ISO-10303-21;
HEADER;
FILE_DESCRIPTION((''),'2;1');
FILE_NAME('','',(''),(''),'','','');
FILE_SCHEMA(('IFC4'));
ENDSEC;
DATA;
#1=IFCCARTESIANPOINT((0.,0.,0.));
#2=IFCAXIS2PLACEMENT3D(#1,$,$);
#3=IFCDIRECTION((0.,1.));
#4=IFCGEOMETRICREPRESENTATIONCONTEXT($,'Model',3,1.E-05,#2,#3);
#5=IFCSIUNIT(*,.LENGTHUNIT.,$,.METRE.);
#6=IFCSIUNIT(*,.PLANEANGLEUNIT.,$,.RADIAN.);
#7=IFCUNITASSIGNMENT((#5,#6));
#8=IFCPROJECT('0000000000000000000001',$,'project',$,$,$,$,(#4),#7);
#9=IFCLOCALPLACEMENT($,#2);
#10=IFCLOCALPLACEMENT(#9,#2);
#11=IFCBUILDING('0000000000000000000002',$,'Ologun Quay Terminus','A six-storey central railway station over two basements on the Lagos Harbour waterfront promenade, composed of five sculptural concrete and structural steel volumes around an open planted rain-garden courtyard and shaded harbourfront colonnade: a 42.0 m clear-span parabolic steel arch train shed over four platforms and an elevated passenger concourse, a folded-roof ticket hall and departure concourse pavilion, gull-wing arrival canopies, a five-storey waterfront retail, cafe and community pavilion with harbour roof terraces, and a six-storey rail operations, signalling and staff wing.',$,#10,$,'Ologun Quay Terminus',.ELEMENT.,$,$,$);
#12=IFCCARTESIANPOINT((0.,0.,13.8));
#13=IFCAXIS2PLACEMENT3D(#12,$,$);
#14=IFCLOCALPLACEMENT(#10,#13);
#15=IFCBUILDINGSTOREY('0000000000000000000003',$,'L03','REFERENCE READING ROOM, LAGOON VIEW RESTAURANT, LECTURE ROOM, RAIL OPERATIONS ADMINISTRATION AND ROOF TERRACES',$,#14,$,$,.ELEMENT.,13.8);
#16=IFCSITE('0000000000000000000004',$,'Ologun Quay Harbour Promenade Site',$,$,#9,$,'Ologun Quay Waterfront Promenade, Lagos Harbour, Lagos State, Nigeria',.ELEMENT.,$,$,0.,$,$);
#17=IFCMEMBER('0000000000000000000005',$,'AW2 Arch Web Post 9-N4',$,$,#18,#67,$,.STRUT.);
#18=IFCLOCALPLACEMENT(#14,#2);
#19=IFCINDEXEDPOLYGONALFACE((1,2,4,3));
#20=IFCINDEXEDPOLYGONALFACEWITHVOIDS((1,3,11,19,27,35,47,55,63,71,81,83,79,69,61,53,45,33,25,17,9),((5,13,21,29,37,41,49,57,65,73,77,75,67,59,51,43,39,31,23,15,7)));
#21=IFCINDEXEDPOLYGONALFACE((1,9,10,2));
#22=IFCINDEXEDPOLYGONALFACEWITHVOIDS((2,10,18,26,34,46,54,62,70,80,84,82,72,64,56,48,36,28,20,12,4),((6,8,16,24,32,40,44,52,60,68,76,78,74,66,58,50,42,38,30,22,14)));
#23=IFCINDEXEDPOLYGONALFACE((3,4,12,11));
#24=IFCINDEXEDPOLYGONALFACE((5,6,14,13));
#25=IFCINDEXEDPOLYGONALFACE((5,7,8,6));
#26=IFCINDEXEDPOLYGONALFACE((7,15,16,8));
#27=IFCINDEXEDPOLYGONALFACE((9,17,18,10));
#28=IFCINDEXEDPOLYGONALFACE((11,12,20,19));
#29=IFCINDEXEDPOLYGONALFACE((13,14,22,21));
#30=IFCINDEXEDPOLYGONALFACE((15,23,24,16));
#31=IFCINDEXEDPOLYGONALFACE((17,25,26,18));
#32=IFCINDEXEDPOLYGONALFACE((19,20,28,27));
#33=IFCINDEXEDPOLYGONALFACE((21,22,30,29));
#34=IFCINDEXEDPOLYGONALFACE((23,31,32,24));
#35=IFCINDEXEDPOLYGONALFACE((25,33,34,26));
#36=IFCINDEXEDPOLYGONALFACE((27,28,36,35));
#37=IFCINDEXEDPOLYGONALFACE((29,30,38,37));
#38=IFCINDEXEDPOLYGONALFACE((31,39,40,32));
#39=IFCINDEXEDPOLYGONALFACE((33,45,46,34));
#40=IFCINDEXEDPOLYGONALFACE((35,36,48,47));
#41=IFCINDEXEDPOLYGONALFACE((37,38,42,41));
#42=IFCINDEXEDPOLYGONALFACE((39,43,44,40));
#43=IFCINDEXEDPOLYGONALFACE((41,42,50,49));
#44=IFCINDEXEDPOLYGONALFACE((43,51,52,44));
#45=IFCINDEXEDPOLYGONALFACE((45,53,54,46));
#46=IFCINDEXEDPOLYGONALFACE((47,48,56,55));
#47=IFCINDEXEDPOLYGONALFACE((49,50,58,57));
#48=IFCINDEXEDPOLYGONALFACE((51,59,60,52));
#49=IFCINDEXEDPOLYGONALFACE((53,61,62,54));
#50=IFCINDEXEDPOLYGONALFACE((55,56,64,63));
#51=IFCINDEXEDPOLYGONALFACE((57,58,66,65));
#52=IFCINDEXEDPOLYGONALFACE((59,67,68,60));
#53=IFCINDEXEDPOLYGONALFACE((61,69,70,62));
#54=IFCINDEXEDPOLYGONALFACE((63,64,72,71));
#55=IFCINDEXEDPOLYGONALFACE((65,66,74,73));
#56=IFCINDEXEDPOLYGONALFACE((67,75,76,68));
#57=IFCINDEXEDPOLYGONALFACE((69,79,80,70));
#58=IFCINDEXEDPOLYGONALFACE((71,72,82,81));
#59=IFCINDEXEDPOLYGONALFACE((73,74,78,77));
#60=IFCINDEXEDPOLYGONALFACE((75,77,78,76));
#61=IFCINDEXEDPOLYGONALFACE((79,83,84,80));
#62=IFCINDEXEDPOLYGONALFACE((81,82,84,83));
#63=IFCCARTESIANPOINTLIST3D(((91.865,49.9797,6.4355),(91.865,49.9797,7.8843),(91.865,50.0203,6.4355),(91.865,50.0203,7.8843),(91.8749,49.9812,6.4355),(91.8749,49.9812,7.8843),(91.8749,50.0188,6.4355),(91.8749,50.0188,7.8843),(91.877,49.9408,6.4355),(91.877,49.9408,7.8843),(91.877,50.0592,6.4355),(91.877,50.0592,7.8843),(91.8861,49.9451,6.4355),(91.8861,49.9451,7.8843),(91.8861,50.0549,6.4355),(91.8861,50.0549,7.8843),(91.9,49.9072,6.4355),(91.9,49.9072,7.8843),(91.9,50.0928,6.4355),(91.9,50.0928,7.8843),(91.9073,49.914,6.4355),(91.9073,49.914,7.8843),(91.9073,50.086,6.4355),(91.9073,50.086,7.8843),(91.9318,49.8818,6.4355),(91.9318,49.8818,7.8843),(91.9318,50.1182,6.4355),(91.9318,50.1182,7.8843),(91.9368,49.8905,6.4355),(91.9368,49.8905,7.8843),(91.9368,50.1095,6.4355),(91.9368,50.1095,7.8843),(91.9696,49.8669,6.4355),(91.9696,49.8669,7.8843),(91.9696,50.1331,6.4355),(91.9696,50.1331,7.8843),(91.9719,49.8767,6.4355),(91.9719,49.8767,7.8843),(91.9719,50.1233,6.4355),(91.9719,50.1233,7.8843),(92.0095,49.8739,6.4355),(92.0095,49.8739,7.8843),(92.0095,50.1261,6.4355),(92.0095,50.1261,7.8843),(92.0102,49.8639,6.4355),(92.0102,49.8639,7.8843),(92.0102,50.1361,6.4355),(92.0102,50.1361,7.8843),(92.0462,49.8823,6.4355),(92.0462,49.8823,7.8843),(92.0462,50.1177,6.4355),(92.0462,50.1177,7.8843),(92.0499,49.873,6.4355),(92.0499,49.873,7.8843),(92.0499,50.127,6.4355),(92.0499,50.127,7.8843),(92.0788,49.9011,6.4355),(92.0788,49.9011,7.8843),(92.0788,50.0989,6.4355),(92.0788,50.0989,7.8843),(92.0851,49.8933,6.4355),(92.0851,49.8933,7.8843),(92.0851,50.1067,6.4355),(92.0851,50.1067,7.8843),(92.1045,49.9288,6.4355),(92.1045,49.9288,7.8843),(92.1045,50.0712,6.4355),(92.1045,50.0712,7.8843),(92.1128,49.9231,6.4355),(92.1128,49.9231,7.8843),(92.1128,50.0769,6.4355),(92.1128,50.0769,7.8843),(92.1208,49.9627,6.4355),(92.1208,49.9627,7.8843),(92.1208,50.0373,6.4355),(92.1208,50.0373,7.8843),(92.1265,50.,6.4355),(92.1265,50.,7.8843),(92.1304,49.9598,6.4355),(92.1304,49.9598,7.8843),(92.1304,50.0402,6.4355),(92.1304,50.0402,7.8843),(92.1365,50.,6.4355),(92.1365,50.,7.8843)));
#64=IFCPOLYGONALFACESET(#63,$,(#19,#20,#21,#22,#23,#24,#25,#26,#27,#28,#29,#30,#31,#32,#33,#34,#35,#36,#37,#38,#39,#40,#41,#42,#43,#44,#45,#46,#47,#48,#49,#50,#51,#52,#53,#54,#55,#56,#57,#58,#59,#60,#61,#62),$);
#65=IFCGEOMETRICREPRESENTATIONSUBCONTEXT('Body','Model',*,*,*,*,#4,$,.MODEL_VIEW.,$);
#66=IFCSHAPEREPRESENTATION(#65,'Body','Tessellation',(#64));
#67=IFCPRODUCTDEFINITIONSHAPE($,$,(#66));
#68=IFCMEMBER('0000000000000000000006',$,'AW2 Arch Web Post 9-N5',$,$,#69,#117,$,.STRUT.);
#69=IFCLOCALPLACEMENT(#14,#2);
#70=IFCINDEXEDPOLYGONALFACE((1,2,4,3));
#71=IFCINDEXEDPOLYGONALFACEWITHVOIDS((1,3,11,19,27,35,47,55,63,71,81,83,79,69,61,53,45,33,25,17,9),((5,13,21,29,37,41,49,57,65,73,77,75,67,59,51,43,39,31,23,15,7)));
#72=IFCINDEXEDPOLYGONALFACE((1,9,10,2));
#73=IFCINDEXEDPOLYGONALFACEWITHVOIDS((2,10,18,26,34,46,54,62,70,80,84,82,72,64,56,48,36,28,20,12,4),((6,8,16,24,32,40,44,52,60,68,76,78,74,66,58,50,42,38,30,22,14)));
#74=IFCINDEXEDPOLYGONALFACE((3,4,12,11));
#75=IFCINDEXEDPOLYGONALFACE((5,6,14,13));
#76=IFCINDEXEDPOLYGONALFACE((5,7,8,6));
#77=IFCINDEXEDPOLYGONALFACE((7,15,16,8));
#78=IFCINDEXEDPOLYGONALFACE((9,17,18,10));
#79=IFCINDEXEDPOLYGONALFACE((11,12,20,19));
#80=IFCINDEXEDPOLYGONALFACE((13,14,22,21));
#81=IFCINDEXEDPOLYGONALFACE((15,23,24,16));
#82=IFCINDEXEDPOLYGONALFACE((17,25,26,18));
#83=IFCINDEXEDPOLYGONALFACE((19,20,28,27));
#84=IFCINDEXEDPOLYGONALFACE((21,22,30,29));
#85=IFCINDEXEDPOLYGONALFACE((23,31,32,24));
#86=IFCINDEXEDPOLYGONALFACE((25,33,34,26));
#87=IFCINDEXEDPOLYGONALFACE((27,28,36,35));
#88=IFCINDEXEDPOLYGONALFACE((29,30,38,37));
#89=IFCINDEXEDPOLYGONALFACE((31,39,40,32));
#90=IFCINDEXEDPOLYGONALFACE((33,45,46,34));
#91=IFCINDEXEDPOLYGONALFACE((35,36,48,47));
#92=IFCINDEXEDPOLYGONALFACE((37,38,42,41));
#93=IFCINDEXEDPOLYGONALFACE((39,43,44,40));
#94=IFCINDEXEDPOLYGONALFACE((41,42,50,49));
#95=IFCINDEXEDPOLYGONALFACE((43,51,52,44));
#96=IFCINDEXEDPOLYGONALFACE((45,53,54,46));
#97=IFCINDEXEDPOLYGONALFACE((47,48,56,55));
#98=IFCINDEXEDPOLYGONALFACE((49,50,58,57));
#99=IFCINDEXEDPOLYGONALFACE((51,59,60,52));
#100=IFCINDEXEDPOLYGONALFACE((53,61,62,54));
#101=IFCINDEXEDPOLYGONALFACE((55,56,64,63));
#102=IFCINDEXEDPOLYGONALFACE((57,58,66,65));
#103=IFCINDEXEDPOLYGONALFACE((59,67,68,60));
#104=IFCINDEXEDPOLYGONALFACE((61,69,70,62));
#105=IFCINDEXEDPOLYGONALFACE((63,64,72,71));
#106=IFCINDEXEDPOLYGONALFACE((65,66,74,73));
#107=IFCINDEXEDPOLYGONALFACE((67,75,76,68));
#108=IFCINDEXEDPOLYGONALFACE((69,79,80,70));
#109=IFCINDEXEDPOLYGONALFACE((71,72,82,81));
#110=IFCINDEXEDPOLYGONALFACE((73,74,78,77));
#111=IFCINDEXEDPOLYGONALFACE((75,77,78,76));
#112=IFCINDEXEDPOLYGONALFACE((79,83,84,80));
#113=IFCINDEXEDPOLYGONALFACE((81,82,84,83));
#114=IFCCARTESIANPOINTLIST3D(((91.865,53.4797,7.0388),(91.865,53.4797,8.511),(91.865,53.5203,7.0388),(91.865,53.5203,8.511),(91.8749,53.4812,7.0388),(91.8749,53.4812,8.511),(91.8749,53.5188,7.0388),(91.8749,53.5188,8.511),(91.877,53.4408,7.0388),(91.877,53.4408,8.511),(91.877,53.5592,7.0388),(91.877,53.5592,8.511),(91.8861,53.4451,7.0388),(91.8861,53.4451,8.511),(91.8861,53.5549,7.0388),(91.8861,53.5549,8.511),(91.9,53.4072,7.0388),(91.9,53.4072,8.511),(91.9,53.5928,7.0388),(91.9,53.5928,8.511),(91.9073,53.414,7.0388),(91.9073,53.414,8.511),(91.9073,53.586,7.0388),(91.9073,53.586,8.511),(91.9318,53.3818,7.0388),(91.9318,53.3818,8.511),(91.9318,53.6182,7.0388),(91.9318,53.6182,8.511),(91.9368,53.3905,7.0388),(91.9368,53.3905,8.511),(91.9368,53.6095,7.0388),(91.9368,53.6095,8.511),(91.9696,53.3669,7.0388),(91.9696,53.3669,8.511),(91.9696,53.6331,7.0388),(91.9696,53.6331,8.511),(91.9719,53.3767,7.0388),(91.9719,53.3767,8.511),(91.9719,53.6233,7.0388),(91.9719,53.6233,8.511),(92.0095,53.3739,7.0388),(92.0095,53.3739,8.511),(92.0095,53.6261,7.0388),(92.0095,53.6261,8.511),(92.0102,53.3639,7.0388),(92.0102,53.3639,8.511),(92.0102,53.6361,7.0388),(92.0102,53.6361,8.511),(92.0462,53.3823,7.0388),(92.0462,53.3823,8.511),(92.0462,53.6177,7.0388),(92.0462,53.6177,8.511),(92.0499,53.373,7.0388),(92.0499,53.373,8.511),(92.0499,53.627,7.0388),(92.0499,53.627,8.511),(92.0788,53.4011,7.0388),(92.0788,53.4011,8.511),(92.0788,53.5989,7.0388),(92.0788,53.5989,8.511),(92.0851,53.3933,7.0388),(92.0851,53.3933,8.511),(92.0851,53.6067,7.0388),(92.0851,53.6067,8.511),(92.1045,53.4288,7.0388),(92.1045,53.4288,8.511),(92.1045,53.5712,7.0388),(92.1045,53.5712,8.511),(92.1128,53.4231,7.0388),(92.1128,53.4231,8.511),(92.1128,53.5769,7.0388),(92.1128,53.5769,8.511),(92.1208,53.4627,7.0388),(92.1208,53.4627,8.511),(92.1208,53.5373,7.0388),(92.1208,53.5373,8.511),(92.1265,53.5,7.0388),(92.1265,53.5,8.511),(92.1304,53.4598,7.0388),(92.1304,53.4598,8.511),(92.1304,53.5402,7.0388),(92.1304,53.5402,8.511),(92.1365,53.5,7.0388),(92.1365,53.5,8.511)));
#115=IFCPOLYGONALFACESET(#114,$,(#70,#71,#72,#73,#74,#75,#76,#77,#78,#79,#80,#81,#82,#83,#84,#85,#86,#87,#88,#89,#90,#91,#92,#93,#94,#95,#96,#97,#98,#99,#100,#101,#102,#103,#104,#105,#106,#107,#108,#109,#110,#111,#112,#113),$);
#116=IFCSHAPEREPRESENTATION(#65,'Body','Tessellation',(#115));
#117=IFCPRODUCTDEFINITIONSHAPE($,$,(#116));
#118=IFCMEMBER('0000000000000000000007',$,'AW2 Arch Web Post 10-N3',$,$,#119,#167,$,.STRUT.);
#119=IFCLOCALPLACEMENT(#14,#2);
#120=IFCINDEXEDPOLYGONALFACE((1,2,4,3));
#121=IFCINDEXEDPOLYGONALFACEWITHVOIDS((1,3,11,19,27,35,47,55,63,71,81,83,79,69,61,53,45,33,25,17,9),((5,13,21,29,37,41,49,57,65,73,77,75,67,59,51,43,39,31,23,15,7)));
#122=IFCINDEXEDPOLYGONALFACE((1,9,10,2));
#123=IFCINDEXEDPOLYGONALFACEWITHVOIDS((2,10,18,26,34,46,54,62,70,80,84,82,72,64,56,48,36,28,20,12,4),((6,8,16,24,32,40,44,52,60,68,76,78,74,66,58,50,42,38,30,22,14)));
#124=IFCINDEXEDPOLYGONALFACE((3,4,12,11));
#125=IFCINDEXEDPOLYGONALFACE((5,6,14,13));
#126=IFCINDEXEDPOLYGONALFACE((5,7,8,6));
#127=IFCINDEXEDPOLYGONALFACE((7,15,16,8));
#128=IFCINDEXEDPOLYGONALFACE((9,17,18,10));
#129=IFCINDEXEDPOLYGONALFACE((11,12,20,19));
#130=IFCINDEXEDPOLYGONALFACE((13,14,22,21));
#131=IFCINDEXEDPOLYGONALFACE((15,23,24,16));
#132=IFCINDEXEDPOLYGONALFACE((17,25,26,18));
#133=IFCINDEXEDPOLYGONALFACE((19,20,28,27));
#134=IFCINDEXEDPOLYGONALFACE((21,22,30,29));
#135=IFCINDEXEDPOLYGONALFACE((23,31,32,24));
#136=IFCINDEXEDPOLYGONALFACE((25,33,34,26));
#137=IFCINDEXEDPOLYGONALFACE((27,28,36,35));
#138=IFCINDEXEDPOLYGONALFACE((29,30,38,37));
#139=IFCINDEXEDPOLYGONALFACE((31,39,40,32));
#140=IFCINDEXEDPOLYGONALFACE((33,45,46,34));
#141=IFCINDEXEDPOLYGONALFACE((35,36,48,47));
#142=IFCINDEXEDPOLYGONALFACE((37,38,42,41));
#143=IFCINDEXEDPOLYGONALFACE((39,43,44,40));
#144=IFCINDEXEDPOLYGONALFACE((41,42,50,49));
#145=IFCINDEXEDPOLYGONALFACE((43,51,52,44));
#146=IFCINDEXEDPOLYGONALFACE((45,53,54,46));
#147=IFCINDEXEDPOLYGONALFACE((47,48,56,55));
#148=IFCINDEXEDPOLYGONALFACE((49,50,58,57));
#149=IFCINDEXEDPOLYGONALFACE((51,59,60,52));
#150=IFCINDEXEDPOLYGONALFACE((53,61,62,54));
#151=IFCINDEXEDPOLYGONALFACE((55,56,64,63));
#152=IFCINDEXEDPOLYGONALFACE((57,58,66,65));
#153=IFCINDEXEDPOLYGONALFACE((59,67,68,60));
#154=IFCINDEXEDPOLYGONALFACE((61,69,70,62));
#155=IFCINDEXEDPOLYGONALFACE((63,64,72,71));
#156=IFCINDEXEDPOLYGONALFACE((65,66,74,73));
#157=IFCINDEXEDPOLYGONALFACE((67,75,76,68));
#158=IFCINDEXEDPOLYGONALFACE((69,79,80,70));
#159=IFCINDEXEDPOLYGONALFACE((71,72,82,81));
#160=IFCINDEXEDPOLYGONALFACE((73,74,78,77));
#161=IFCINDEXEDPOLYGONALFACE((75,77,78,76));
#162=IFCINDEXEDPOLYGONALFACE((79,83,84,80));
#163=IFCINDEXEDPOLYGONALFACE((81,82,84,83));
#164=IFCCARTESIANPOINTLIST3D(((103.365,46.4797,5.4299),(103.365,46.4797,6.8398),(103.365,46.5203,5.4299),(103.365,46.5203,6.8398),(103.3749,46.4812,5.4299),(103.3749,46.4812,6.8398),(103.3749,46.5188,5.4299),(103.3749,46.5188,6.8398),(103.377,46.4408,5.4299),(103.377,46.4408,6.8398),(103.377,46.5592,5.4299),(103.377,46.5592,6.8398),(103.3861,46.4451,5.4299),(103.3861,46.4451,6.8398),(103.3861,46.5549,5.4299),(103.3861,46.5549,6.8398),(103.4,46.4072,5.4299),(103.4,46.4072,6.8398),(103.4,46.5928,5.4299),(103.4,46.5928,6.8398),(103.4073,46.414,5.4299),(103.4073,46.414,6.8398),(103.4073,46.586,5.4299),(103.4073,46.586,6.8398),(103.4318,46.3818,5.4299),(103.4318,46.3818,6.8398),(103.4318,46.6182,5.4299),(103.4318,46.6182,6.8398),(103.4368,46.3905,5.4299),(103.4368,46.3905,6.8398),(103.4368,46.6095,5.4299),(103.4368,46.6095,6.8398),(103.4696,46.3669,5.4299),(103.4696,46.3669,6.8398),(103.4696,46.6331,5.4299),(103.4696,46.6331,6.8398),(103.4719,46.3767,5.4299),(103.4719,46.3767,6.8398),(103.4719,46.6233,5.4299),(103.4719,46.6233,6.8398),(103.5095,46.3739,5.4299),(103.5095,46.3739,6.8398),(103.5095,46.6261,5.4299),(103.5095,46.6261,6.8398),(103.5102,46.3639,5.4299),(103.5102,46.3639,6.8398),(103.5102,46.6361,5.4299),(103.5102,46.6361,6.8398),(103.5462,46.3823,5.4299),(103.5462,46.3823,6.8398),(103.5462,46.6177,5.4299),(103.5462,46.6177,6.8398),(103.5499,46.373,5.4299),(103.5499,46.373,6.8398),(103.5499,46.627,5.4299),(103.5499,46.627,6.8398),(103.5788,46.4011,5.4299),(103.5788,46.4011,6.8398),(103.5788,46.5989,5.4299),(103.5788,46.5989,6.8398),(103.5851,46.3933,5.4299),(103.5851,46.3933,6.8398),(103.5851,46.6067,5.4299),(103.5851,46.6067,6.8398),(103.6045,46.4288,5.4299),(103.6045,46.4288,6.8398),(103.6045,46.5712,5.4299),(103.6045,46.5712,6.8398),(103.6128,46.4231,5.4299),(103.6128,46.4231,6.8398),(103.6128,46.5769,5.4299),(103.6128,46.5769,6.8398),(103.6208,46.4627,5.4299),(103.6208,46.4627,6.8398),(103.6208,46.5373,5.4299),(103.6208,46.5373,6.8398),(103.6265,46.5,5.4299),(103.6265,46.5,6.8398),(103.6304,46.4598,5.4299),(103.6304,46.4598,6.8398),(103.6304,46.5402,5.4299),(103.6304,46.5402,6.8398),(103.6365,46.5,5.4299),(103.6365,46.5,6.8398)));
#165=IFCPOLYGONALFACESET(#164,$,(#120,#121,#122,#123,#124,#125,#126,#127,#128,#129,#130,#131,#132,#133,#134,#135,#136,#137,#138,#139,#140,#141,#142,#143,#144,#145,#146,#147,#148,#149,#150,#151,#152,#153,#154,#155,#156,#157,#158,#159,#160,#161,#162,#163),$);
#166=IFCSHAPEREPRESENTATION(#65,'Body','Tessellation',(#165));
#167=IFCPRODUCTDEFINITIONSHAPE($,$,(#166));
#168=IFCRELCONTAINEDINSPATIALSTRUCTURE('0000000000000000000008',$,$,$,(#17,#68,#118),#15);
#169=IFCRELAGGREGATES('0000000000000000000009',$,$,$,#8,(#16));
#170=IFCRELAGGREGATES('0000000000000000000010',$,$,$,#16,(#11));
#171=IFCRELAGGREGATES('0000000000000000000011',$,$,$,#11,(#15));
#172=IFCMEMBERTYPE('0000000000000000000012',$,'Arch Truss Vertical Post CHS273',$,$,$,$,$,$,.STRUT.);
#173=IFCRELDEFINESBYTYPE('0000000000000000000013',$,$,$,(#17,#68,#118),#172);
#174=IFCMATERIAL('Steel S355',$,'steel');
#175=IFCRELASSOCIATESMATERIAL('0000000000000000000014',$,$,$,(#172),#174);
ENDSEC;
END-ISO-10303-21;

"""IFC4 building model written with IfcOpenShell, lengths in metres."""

from ifc_helpers import new_model, si_unit, direction, frame, origin, origin_2d, place, context, subcontext, project, spatial, hollow_circle, extrude, material, material_profile, profile_set, type_object, element, save


model = new_model("IFC4")

# Units and contexts
model_context = context("Model", 3, precision=1e-05, world=origin(), true_north=direction((0.0, 1.0)))
body_context = subcontext(model_context, "Body", "Model", "MODEL_VIEW")
ifc_project = project(units=[si_unit("LENGTHUNIT", "METRE"), si_unit("PLANEANGLEUNIT", "RADIAN")], contexts=[model_context])

# Site, building, storey
site_placement = place(None, origin())
site = spatial("IfcSite", under=ifc_project, at=site_placement, Name="Ologun Quay Harbour Promenade Site", LongName="Ologun Quay Waterfront Promenade, Lagos Harbour, Lagos State, Nigeria", CompositionType="ELEMENT", RefElevation=0.0)
building_placement = place(site_placement, origin())
building = spatial("IfcBuilding", under=site, at=building_placement, Name="Ologun Quay Terminus", Description="A six-storey central railway station over two basements on the Lagos Harbour waterfront promenade, composed of five sculptural concrete and structural steel volumes around an open planted rain-garden courtyard and shaded harbourfront colonnade: a 42.0 m clear-span parabolic steel arch train shed over four platforms and an elevated passenger concourse, a folded-roof ticket hall and departure concourse pavilion, gull-wing arrival canopies, a five-storey waterfront retail, cafe and community pavilion with harbour roof terraces, and a six-storey rail operations, signalling and staff wing.", LongName="Ologun Quay Terminus", CompositionType="ELEMENT")
storey_placement = place(building_placement, frame((0.0, 0.0, 13.8)))
storey = spatial("IfcBuildingStorey", under=building, at=storey_placement, Name="L03", Description="REFERENCE READING ROOM, LAGOON VIEW RESTAURANT, LECTURE ROOM, RAIL OPERATIONS ADMINISTRATION AND ROOF TERRACES", CompositionType="ELEMENT", Elevation=13.8)

# Members
ifc_material_1 = material(Name="Steel S355", Category="steel")
ifc_material_profile_1 = material_profile(ifc_material_1, hollow_circle(Radius=0.1365, WallThickness=0.01, at=origin_2d()), Name="CHS 273x10")
ifc_profile_set_1 = profile_set([ifc_material_profile_1], Name="Steel S355")
member_type_1 = type_object("IfcMemberType", Name="Arch Truss Vertical Post CHS273", PredefinedType="STRUT", material=ifc_profile_set_1)
member_1_placement = place(storey_placement, frame((92.0, 50.0, 6.4355), z_axis=(0.0, 0.0, 1.0), x_axis=(1.0, 0.0, 0.0)))
element("IfcMember", 1, at=member_1_placement, inside=storey, type_object=member_type_1, Name="AW2 Arch Web Post 9-N4", PredefinedType="STRUT", context=body_context, shape_type="SweptSolid", body=[
    extrude(hollow_circle(Radius=0.1365, WallThickness=0.01, at=origin_2d()), origin(), (0.0, 0.0, 1.0), 1.4487),
])
member_2_placement = place(storey_placement, frame((92.0, 53.5, 7.0388), z_axis=(0.0, 0.0, 1.0), x_axis=(1.0, 0.0, 0.0)))
element("IfcMember", 2, at=member_2_placement, inside=storey, type_object=member_type_1, Name="AW2 Arch Web Post 9-N5", PredefinedType="STRUT", context=body_context, shape_type="SweptSolid", body=[
    extrude(hollow_circle(Radius=0.1365, WallThickness=0.01, at=origin_2d()), origin(), (0.0, 0.0, 1.0), 1.4722),
])
member_3_placement = place(storey_placement, frame((103.5, 46.5, 5.4299), z_axis=(0.0, 0.0, 1.0), x_axis=(1.0, 0.0, 0.0)))
element("IfcMember", 3, at=member_3_placement, inside=storey, type_object=member_type_1, Name="AW2 Arch Web Post 10-N3", PredefinedType="STRUT", context=body_context, shape_type="SweptSolid", body=[
    extrude(hollow_circle(Radius=0.1365, WallThickness=0.01, at=origin_2d()), origin(), (0.0, 0.0, 1.0), 1.4099),
])

save(model, "model.ifc")
